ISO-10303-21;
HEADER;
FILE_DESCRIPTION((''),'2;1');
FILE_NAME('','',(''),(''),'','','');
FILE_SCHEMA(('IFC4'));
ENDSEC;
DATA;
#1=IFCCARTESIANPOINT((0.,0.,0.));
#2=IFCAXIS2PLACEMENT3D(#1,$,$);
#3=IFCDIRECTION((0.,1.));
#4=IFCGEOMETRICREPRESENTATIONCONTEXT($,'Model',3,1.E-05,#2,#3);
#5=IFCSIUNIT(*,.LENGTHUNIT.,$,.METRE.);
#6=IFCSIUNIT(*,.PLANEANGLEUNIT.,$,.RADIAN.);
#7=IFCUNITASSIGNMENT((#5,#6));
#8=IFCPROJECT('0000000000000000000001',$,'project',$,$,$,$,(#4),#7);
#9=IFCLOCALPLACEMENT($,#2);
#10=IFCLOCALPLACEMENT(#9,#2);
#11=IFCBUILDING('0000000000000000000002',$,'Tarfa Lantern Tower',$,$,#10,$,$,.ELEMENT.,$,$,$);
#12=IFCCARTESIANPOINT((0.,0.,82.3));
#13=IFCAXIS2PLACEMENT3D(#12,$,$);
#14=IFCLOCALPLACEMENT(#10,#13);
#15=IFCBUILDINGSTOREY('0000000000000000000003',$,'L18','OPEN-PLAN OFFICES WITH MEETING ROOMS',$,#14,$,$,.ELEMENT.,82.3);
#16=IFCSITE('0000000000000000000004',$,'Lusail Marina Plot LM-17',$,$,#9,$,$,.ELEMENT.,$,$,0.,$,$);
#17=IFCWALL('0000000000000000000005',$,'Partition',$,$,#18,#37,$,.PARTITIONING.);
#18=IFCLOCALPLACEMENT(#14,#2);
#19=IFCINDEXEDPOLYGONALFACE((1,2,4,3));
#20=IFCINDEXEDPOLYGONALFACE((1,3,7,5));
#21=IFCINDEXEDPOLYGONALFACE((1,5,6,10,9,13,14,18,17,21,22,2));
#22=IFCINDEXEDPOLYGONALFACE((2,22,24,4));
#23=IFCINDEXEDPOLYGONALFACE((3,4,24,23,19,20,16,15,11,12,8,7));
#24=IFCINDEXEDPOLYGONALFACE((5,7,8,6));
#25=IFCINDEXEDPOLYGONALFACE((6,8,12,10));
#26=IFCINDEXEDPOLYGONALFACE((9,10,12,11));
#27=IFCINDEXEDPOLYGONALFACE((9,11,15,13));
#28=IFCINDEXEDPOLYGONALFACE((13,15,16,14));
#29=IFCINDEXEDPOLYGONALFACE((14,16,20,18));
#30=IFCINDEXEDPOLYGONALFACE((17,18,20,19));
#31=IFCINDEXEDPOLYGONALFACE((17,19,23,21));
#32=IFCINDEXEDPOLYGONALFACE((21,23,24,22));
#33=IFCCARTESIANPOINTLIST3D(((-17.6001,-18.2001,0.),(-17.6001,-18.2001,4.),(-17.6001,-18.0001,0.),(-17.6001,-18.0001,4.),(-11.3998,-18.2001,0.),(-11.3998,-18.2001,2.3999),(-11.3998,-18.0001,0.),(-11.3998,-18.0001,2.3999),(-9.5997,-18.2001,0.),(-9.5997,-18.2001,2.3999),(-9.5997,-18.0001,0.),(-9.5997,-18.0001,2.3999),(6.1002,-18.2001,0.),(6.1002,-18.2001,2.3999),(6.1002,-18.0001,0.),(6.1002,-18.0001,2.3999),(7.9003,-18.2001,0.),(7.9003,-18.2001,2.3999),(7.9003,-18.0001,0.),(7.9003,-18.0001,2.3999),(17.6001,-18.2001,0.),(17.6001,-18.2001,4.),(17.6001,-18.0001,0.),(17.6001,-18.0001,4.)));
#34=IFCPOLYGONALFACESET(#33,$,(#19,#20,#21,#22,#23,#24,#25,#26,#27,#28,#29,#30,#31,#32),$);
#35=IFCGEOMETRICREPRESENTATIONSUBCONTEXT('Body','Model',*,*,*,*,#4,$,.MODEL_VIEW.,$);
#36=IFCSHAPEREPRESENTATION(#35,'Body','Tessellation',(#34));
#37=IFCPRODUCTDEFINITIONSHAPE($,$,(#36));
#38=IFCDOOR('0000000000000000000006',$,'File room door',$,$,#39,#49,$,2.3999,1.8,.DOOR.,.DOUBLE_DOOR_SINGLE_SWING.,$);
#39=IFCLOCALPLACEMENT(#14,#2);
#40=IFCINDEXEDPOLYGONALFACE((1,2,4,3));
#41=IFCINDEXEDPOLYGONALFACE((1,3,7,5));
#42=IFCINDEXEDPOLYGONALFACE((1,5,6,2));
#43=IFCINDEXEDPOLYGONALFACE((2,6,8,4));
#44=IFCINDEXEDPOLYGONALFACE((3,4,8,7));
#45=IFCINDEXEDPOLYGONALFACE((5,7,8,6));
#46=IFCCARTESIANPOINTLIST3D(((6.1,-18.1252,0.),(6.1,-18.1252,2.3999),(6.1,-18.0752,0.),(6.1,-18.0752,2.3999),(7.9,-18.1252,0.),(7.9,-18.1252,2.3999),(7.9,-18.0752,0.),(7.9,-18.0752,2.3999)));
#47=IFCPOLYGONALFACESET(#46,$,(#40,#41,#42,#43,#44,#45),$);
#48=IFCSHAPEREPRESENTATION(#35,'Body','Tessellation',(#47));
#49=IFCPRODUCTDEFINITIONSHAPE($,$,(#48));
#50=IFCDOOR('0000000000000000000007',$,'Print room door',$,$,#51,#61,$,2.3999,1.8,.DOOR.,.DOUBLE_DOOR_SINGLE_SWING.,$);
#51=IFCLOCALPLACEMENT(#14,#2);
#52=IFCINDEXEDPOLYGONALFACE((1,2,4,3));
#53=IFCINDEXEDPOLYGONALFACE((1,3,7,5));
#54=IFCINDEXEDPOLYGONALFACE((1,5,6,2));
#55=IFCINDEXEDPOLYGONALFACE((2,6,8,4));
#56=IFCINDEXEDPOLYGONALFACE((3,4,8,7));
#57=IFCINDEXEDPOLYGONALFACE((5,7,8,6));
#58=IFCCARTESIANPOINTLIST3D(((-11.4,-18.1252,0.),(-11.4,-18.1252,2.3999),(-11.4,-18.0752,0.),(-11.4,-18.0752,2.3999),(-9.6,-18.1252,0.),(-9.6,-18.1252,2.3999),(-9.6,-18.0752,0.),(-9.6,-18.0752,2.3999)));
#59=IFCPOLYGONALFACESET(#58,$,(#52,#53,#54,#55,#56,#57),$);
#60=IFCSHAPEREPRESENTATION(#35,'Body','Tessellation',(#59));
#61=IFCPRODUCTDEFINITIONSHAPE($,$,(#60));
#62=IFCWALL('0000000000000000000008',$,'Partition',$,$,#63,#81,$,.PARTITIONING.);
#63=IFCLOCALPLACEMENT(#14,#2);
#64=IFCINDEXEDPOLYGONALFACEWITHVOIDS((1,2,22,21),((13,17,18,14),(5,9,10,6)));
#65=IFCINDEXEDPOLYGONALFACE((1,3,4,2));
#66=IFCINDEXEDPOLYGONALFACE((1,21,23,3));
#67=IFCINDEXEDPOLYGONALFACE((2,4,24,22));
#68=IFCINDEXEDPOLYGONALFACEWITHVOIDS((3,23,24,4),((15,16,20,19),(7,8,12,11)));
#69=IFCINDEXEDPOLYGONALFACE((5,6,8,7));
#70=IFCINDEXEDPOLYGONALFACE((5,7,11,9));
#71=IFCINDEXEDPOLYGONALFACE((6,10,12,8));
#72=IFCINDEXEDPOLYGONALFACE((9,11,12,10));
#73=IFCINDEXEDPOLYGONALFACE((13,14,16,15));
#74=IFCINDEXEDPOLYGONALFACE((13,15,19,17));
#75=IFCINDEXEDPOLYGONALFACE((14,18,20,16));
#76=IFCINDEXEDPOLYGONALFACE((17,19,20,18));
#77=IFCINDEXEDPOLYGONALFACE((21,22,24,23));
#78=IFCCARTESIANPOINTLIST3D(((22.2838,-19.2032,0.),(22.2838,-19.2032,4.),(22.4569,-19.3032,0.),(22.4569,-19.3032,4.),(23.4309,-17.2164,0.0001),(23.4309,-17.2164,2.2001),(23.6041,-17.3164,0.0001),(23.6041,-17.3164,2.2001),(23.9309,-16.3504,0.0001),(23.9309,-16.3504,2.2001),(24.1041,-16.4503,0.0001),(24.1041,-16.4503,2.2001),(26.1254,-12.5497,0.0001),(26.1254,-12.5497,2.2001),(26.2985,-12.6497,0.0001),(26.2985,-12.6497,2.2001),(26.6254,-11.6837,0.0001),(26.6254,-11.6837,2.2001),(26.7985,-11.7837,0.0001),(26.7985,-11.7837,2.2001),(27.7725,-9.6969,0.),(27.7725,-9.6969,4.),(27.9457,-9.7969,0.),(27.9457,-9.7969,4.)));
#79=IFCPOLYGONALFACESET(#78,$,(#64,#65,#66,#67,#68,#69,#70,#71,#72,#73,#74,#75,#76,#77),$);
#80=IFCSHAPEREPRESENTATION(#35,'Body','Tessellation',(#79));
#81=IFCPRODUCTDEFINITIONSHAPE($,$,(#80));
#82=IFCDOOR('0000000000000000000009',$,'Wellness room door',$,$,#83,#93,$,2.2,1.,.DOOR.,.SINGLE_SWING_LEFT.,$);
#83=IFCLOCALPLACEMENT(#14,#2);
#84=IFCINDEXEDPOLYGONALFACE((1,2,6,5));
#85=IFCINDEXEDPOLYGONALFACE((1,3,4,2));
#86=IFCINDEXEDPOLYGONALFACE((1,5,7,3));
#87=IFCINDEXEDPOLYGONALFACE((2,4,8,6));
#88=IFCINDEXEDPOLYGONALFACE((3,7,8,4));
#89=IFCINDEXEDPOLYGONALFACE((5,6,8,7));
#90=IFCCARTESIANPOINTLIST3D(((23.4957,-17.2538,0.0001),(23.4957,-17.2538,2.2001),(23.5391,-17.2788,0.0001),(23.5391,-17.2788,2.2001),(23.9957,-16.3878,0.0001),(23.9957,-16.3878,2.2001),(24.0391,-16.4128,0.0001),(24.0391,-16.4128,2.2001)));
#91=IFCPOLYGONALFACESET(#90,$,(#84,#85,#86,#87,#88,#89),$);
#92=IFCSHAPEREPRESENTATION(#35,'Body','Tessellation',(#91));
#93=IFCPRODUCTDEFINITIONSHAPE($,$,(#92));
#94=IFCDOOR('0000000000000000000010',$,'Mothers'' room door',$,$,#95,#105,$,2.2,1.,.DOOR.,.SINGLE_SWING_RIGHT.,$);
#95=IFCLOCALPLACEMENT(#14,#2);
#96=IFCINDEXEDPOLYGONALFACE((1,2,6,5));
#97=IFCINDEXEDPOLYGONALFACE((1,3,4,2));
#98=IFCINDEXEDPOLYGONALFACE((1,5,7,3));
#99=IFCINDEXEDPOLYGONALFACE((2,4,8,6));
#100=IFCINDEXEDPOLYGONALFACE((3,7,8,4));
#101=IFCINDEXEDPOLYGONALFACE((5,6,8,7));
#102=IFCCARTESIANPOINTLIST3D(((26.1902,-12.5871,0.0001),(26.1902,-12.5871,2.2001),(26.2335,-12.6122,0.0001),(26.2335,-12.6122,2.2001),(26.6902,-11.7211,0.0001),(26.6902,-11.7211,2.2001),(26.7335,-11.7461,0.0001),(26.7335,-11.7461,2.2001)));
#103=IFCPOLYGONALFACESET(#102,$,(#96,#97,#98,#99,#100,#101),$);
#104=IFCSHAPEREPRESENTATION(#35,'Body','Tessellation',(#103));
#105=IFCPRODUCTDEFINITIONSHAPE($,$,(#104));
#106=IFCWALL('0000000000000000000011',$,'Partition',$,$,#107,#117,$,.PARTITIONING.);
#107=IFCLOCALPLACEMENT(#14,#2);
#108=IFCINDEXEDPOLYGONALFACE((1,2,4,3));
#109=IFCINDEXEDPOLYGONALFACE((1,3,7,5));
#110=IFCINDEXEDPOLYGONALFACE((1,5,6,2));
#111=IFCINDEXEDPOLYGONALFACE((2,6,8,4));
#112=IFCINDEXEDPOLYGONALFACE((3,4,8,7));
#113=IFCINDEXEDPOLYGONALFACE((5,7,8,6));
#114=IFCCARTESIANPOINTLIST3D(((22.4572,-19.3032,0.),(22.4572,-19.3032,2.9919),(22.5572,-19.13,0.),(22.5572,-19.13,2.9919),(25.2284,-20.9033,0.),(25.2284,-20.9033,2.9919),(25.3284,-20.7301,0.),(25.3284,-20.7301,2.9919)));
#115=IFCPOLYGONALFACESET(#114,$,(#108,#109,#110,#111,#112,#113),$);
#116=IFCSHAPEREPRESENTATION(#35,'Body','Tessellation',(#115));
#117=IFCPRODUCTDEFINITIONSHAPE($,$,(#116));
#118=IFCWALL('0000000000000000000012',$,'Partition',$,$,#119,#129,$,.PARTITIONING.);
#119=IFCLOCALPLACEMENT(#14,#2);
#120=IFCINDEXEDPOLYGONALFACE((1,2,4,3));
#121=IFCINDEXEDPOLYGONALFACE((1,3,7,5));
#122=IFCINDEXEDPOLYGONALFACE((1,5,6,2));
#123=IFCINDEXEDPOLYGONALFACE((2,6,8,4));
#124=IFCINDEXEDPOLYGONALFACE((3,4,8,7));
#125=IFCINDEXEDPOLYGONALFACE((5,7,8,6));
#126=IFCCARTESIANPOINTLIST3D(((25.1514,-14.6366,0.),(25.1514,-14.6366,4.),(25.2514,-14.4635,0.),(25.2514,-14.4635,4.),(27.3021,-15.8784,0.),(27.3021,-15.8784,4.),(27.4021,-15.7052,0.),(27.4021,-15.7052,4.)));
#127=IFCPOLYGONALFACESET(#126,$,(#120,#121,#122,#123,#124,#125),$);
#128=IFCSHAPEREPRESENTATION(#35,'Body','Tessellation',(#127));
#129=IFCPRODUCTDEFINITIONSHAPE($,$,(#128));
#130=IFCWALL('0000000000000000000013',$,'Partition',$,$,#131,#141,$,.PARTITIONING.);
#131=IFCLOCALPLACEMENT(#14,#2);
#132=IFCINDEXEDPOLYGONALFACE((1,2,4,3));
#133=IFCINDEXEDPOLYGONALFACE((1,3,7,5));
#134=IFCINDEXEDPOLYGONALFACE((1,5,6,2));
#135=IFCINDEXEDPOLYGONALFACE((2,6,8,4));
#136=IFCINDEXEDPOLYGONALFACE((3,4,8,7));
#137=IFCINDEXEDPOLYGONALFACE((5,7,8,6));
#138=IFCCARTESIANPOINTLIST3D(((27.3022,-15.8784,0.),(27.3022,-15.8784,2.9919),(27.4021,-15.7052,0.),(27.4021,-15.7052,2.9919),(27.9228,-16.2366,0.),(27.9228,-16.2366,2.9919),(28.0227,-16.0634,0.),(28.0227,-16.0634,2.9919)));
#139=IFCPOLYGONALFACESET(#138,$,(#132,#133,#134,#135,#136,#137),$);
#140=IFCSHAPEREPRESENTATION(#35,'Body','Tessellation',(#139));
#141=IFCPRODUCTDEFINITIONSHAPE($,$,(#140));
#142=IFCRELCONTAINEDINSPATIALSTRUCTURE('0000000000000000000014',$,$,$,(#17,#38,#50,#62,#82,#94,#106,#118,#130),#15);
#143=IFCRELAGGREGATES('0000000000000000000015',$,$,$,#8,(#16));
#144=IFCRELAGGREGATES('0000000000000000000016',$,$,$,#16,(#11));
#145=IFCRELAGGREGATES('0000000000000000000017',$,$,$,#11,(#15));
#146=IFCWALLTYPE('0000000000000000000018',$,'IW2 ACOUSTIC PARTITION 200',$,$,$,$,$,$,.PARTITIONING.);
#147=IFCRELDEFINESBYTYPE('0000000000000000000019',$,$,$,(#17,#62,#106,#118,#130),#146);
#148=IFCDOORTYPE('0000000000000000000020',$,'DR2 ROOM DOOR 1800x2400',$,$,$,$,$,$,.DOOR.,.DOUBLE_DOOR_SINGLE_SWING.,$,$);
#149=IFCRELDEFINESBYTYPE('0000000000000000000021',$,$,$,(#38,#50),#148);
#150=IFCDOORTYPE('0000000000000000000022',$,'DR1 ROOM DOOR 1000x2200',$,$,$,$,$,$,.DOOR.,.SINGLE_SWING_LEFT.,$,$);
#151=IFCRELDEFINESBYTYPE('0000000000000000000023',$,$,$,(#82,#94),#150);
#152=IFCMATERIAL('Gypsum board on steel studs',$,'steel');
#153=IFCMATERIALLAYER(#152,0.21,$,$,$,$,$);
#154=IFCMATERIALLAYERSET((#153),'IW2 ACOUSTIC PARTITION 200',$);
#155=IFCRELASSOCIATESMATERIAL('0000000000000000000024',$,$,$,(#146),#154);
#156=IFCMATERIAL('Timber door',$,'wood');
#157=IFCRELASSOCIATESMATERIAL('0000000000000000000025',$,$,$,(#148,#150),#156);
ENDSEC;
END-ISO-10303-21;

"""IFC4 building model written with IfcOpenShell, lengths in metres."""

from ifc_helpers import new_model, si_unit, direction, frame, frame_2d, origin, place, context, subcontext, project, spatial, rectangle, extrude, material, layer, layer_set, type_object, element, fill, save


model = new_model("IFC4")

# Units and contexts
model_context = context("Model", 3, precision=1e-05, world=origin(), true_north=direction((0.0, 1.0)))
body_context = subcontext(model_context, "Body", "Model", "MODEL_VIEW")
ifc_project = project(units=[si_unit("LENGTHUNIT", "METRE"), si_unit("PLANEANGLEUNIT", "RADIAN")], contexts=[model_context])

# Site, building, storey
site_placement = place(None, origin())
site = spatial("IfcSite", under=ifc_project, at=site_placement, Name="Lusail Marina Plot LM-17", CompositionType="ELEMENT", RefElevation=0.0)
building_placement = place(site_placement, origin())
building = spatial("IfcBuilding", under=site, at=building_placement, Name="Tarfa Lantern Tower", CompositionType="ELEMENT")
storey_placement = place(building_placement, frame((0.0, 0.0, 82.3)))
storey = spatial("IfcBuildingStorey", under=building, at=storey_placement, Name="L18", Description="OPEN-PLAN OFFICES WITH MEETING ROOMS", CompositionType="ELEMENT", Elevation=82.3)

# Walls, openings, doors
ifc_material_1 = material(Name="Gypsum board on steel studs", Category="steel")
ifc_layer_1 = layer(ifc_material_1, 0.21)
ifc_layer_set_1 = layer_set([ifc_layer_1], Name="IW2 ACOUSTIC PARTITION 200")
wall_type = type_object("IfcWallType", Name="IW2 ACOUSTIC PARTITION 200", PredefinedType="PARTITIONING", material=ifc_layer_set_1)
wall_1_placement = place(storey_placement, frame((17.6001, -18.1001, 0.0), z_axis=(0.0, 0.0, 1.0), x_axis=(-1.0, 0.0, 0.0)))
wall_1 = element("IfcWall", 1, at=wall_1_placement, inside=storey, type_object=wall_type, Name="Partition", PredefinedType="PARTITIONING", context=body_context, shape_type="SweptSolid", body=[
    extrude(rectangle(XDim=35.2002, YDim=0.2, at=frame_2d((17.6001, 0.0))), origin(), (0.0, 0.0, 1.0), 4.0),
])
opening_1_placement = place(wall_1_placement, frame((9.7, 0.0, 0.0)))
opening_1 = element("IfcOpeningElement", 2, at=opening_1_placement, cuts=wall_1, PredefinedType="OPENING", context=body_context, shape_type="SweptSolid", body=[
    extrude(rectangle(XDim=1.8, YDim=2.3999, at=frame_2d((0.8999, 1.2))), frame((0.0, 0.1099, 0.0), z_axis=(0.0, -1.0, 0.0), x_axis=(1.0, 0.0, 0.0)), (0.0, 0.0, 1.0), 0.22),
])
opening_2_placement = place(wall_1_placement, frame((27.2, 0.0, 0.0)))
opening_2 = element("IfcOpeningElement", 3, at=opening_2_placement, cuts=wall_1, PredefinedType="OPENING", context=body_context, shape_type="SweptSolid", body=[
    extrude(rectangle(XDim=1.8, YDim=2.3999, at=frame_2d((0.8999, 1.2))), frame((0.0, 0.1099, 0.0), z_axis=(0.0, -1.0, 0.0), x_axis=(1.0, 0.0, 0.0)), (0.0, 0.0, 1.0), 0.22),
])
ifc_material_2 = material(Name="Timber door", Category="wood")
door_type_1 = type_object("IfcDoorType", Name="DR2 ROOM DOOR 1800x2400", OperationType="DOUBLE_DOOR_SINGLE_SWING", PredefinedType="DOOR", material=ifc_material_2)
door_1_placement = place(opening_1_placement, frame((1.8, 0.0, 0.0), z_axis=(0.0, 0.0, 1.0), x_axis=(-1.0, 0.0, 0.0)))
door_1 = element("IfcDoor", 4, at=door_1_placement, inside=storey, type_object=door_type_1, Name="File room door", OperationType="DOUBLE_DOOR_SINGLE_SWING", OverallHeight=2.3999, OverallWidth=1.8, PredefinedType="DOOR", context=body_context, shape_type="SweptSolid", body=[
    extrude(rectangle(XDim=1.8, YDim=2.3999, at=frame_2d((0.8999, 1.2))), frame((0.0, 0.0249, 0.0), z_axis=(0.0, -1.0, 0.0), x_axis=(1.0, 0.0, 0.0)), (0.0, 0.0, 1.0), 0.05),
])
fill(opening_1, door_1)
door_2_placement = place(opening_2_placement, frame((1.8, 0.0, 0.0), z_axis=(0.0, 0.0, 1.0), x_axis=(-1.0, 0.0, 0.0)))
door_2 = element("IfcDoor", 5, at=door_2_placement, inside=storey, type_object=door_type_1, Name="Print room door", OperationType="DOUBLE_DOOR_SINGLE_SWING", OverallHeight=2.3999, OverallWidth=1.8, PredefinedType="DOOR", context=body_context, shape_type="SweptSolid", body=[
    extrude(rectangle(XDim=1.8, YDim=2.3999, at=frame_2d((0.8999, 1.2))), frame((0.0, 0.0249, 0.0), z_axis=(0.0, -1.0, 0.0), x_axis=(1.0, 0.0, 0.0)), (0.0, 0.0, 1.0), 0.05),
])
fill(opening_2, door_2)
wall_2_placement = place(storey_placement, frame((22.3704, -19.2532, 0.0), z_axis=(0.0, 0.0, 1.0), x_axis=(0.500019, 0.866014, 0.0)))
wall_2 = element("IfcWall", 6, at=wall_2_placement, inside=storey, type_object=wall_type, Name="Partition", PredefinedType="PARTITIONING", context=body_context, shape_type="SweptSolid", body=[
    extrude(rectangle(XDim=10.9771, YDim=0.2, at=frame_2d((5.4885, 0.0))), origin(), (0.0, 0.0, 1.0), 4.0),
])
opening_3_placement = place(wall_2_placement, frame((2.2942, 0.0, 0.0)))
opening_3 = element("IfcOpeningElement", 7, at=opening_3_placement, cuts=wall_2, PredefinedType="OPENING", context=body_context, shape_type="SweptSolid", body=[
    extrude(rectangle(XDim=1.0, YDim=2.2, at=frame_2d((0.5, 1.1001))), frame((0.0, 0.1099, 0.0), z_axis=(0.0, -1.0, 0.0), x_axis=(1.0, 0.0, 0.0)), (0.0, 0.0, 1.0), 0.22),
])
opening_4_placement = place(wall_2_placement, frame((7.6829, 0.0, 0.0)))
opening_4 = element("IfcOpeningElement", 8, at=opening_4_placement, cuts=wall_2, PredefinedType="OPENING", context=body_context, shape_type="SweptSolid", body=[
    extrude(rectangle(XDim=1.0, YDim=2.2, at=frame_2d((0.5, 1.1001))), frame((0.0, 0.1099, 0.0), z_axis=(0.0, -1.0, 0.0), x_axis=(1.0, 0.0, 0.0)), (0.0, 0.0, 1.0), 0.22),
])
door_type_2 = type_object("IfcDoorType", Name="DR1 ROOM DOOR 1000x2200", OperationType="SINGLE_SWING_LEFT", PredefinedType="DOOR", material=ifc_material_2)
door_3_placement = place(opening_3_placement, frame((1.0, 0.0, 0.0), z_axis=(0.0, 0.0, 1.0), x_axis=(-1.0, 0.0, 0.0)))
door_3 = element("IfcDoor", 9, at=door_3_placement, inside=storey, type_object=door_type_2, Name="Wellness room door", OperationType="SINGLE_SWING_LEFT", OverallHeight=2.2, OverallWidth=1.0, PredefinedType="DOOR", context=body_context, shape_type="SweptSolid", body=[
    extrude(rectangle(XDim=1.0, YDim=2.2, at=frame_2d((0.5, 1.1001))), frame((0.0, 0.0249, 0.0), z_axis=(0.0, -1.0, 0.0), x_axis=(1.0, 0.0, 0.0)), (0.0, 0.0, 1.0), 0.05),
])
fill(opening_3, door_3)
door_4_placement = place(opening_4_placement, frame((1.0, 0.0, 0.0), z_axis=(0.0, 0.0, 1.0), x_axis=(-1.0, 0.0, 0.0)))
door_4 = element("IfcDoor", 10, at=door_4_placement, inside=storey, type_object=door_type_2, Name="Mothers' room door", OperationType="SINGLE_SWING_RIGHT", OverallHeight=2.2, OverallWidth=1.0, PredefinedType="DOOR", context=body_context, shape_type="SweptSolid", body=[
    extrude(rectangle(XDim=1.0, YDim=2.2, at=frame_2d((0.5, 1.1001))), frame((0.0, 0.0249, 0.0), z_axis=(0.0, -1.0, 0.0), x_axis=(1.0, 0.0, 0.0)), (0.0, 0.0, 1.0), 0.05),
])
fill(opening_4, door_4)

# Walls
wall_3_placement = place(storey_placement, frame((22.5071, -19.2166, 0.0), z_axis=(0.0, 0.0, 1.0), x_axis=(0.866009, -0.500028, 0.0)))
element("IfcWall", 11, at=wall_3_placement, inside=storey, type_object=wall_type, Name="Partition", PredefinedType="PARTITIONING", context=body_context, shape_type="SweptSolid", body=[
    extrude(rectangle(XDim=3.2, YDim=0.2, at=frame_2d((1.6001, 0.0))), origin(), (0.0, 0.0, 1.0), 2.9919),
])
wall_4_placement = place(storey_placement, frame((25.2014, -14.55, 0.0), z_axis=(0.0, 0.0, 1.0), x_axis=(0.86602, -0.500009, 0.0)))
element("IfcWall", 12, at=wall_4_placement, inside=storey, type_object=wall_type, Name="Partition", PredefinedType="PARTITIONING", context=body_context, shape_type="SweptSolid", body=[
    extrude(rectangle(XDim=2.4834, YDim=0.2, at=frame_2d((1.2417, 0.0))), origin(), (0.0, 0.0, 1.0), 4.0),
])
wall_5_placement = place(storey_placement, frame((27.3521, -15.7917, 0.0), z_axis=(0.0, 0.0, 1.0), x_axis=(0.866118, -0.49984, 0.0)))
element("IfcWall", 13, at=wall_5_placement, inside=storey, type_object=wall_type, Name="Partition", PredefinedType="PARTITIONING", context=body_context, shape_type="SweptSolid", body=[
    extrude(rectangle(XDim=0.7166, YDim=0.2, at=frame_2d((0.3584, 0.0))), origin(), (0.0, 0.0, 1.0), 2.9919),
])

save(model, "model.ifc")
